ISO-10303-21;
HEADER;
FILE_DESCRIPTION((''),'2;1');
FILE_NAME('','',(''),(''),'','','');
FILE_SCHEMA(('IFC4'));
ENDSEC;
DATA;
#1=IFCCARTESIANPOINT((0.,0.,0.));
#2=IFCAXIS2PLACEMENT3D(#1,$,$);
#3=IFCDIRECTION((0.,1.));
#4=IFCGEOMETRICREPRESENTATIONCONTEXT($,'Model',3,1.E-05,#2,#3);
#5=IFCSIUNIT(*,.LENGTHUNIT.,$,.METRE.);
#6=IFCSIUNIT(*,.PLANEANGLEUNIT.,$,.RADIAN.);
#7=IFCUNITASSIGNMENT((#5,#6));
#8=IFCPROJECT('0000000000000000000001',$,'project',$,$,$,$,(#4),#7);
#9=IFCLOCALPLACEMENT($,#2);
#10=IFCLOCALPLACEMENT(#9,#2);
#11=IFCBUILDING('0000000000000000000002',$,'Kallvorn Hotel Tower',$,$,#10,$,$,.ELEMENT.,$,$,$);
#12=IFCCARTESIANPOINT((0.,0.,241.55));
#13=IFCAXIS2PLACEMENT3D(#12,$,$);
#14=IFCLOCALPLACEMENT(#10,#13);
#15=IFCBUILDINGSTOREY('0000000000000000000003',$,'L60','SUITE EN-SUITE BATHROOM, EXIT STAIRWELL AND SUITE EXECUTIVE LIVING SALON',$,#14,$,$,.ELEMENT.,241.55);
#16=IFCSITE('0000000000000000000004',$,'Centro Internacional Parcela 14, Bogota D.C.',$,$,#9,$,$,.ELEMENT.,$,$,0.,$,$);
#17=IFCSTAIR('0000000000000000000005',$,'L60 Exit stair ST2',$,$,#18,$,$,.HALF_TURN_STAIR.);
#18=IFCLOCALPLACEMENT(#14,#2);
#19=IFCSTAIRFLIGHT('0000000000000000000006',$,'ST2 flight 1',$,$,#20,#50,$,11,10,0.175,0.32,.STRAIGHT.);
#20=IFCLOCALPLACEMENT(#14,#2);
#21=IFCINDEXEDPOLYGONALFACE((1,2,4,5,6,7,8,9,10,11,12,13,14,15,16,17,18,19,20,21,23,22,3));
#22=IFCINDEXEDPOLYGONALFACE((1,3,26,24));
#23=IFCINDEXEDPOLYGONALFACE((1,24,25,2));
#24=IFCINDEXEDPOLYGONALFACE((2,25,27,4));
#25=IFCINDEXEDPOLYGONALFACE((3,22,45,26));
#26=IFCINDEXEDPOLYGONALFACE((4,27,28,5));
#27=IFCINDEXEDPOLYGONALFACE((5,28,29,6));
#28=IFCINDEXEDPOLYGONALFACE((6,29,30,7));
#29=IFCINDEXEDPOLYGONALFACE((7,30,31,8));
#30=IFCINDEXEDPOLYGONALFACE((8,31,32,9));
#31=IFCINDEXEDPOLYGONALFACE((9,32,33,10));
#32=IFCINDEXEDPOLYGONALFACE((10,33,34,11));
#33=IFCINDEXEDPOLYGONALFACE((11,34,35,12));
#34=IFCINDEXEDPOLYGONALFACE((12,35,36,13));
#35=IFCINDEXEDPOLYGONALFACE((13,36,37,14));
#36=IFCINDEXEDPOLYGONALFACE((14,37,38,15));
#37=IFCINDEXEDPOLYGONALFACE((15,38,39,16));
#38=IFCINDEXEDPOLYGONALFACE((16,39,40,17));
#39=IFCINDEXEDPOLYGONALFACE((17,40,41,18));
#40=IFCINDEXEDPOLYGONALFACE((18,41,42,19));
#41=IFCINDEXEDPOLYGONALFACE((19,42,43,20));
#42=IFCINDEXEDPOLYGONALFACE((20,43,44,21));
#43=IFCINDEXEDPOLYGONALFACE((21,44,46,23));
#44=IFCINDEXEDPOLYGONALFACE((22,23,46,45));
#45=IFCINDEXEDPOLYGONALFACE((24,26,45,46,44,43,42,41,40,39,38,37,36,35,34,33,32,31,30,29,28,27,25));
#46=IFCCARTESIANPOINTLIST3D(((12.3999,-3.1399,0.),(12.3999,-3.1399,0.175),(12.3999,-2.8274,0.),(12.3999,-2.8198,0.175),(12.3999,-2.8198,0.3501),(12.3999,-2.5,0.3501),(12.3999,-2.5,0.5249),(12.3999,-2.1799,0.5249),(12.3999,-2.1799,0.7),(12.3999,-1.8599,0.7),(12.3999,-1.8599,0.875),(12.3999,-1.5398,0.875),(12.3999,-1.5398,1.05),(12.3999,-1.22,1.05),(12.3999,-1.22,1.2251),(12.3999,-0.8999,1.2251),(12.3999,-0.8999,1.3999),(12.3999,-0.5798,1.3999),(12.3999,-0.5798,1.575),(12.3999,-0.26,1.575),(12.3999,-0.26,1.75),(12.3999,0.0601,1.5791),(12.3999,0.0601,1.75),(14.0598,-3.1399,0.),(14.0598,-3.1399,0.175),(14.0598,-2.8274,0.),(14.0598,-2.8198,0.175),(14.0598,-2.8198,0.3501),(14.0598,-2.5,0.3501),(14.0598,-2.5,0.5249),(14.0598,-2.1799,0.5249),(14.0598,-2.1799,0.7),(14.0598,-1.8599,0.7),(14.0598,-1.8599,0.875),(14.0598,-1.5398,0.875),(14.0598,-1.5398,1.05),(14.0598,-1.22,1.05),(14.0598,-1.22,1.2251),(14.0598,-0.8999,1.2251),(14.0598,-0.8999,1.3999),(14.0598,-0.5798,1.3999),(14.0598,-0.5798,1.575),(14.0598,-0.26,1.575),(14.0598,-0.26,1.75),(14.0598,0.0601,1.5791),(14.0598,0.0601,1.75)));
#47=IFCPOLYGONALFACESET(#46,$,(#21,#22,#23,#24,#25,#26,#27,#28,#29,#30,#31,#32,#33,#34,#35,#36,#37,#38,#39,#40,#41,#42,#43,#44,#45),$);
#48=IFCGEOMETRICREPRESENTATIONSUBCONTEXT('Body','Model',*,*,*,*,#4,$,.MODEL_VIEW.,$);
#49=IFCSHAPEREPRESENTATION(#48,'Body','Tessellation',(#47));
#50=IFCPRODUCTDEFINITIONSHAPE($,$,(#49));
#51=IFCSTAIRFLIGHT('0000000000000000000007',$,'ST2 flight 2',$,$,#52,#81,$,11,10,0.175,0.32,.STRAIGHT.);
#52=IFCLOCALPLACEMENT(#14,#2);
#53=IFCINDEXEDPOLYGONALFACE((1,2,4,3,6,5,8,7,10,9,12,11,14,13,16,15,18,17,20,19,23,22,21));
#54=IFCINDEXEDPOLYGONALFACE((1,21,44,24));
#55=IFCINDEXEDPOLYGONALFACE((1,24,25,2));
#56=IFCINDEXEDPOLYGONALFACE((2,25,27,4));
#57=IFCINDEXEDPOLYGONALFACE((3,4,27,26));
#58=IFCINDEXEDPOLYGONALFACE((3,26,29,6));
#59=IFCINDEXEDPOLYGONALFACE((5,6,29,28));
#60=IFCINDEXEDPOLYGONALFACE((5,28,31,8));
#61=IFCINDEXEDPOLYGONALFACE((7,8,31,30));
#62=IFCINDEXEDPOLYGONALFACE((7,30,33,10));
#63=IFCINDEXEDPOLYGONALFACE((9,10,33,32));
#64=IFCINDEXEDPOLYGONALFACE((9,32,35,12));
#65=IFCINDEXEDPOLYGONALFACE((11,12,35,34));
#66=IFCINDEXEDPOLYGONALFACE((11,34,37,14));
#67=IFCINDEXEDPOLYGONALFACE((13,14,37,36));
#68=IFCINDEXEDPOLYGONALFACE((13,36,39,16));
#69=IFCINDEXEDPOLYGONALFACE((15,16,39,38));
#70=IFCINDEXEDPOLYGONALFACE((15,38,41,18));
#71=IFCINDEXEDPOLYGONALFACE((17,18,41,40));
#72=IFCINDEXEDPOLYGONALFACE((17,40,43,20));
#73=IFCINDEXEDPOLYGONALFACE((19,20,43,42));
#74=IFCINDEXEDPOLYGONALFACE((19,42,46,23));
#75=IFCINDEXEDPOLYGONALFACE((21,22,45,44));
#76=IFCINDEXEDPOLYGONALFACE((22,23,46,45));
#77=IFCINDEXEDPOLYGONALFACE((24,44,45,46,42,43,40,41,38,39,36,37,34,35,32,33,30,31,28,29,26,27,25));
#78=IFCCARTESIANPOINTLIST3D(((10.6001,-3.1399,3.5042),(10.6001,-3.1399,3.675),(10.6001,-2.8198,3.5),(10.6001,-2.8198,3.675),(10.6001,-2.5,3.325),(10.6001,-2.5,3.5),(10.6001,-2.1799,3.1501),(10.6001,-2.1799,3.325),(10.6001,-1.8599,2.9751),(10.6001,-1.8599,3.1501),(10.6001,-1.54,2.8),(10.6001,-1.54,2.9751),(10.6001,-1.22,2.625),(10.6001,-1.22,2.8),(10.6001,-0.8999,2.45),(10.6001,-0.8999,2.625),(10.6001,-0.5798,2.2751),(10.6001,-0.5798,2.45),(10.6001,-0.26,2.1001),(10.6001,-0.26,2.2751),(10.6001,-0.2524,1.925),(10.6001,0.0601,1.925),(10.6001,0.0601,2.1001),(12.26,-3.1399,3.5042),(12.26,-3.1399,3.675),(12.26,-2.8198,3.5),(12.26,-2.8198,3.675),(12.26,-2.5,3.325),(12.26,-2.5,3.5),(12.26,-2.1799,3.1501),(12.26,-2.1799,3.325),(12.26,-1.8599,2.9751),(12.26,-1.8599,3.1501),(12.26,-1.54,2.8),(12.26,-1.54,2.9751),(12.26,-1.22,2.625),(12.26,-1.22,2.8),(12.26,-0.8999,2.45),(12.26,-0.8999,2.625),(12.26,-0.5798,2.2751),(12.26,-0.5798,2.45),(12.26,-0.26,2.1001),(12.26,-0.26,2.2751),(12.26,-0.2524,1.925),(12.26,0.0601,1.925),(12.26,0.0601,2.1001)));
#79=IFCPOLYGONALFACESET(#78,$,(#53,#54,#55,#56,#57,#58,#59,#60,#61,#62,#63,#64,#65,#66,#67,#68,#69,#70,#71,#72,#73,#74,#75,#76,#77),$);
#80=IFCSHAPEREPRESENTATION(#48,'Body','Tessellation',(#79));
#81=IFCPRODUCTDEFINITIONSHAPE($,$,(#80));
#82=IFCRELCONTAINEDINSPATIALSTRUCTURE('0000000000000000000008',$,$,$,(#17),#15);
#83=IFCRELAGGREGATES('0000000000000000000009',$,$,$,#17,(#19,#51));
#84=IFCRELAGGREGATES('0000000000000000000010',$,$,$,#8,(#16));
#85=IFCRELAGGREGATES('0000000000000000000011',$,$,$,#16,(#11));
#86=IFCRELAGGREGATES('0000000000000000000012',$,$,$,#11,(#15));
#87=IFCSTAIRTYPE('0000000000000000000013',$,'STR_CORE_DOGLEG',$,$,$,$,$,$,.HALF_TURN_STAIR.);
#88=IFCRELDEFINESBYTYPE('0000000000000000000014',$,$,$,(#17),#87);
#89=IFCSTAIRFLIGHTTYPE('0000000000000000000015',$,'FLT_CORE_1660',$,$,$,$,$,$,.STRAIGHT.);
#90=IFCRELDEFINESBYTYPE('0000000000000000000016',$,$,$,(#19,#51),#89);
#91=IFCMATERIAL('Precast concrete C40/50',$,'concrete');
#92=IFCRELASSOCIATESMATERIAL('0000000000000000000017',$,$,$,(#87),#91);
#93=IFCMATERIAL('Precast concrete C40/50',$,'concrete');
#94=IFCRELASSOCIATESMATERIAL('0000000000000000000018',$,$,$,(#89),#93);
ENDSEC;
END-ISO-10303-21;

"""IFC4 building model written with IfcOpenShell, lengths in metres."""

from ifc_helpers import new_model, si_unit, direction, frame, origin, place, context, subcontext, project, spatial, polyline, outline, extrude, material, type_object, element, aggregate, save


model = new_model("IFC4")

# Units and contexts
model_context = context("Model", 3, precision=1e-05, world=origin(), true_north=direction((0.0, 1.0)))
body_context = subcontext(model_context, "Body", "Model", "MODEL_VIEW")
ifc_project = project(units=[si_unit("LENGTHUNIT", "METRE"), si_unit("PLANEANGLEUNIT", "RADIAN")], contexts=[model_context])

# Site, building, storey
site_placement = place(None, origin())
site = spatial("IfcSite", under=ifc_project, at=site_placement, Name="Centro Internacional Parcela 14, Bogota D.C.", CompositionType="ELEMENT", RefElevation=0.0)
building_placement = place(site_placement, origin())
building = spatial("IfcBuilding", under=site, at=building_placement, Name="Kallvorn Hotel Tower", CompositionType="ELEMENT")
storey_placement = place(building_placement, frame((0.0, 0.0, 241.55)))
storey = spatial("IfcBuildingStorey", under=building, at=storey_placement, Name="L60", Description="SUITE EN-SUITE BATHROOM, EXIT STAIRWELL AND SUITE EXECUTIVE LIVING SALON", CompositionType="ELEMENT", Elevation=241.55)

# Stair, stair flights
ifc_material_1 = material(Name="Precast concrete C40/50", Category="concrete")
stair_type = type_object("IfcStairType", Name="STR_CORE_DOGLEG", PredefinedType="HALF_TURN_STAIR", material=ifc_material_1)
stair_placement = place(storey_placement, origin())
stair = element("IfcStair", 1, at=stair_placement, inside=storey, type_object=stair_type, Name="L60 Exit stair ST2", PredefinedType="HALF_TURN_STAIR")
ifc_material_2 = material(Name="Precast concrete C40/50", Category="concrete")
stair_flight_type = type_object("IfcStairFlightType", Name="FLT_CORE_1660", PredefinedType="STRAIGHT", material=ifc_material_2)
stair_flight_1_placement = place(storey_placement, frame((13.23, -3.1399, 0.0), z_axis=(0.0, 0.0, 1.0), x_axis=(0.0, 1.0, 0.0)))
stair_flight_1 = element("IfcStairFlight", 2, at=stair_flight_1_placement, type_object=stair_flight_type, Name="ST2 flight 1", NumberOfRisers=11, NumberOfTreads=10, PredefinedType="STRAIGHT", RiserHeight=0.175, TreadLength=0.32, context=body_context, shape_type="SweptSolid", body=[
    extrude(outline(polyline([(0.0, 0.0), (0.0, 0.175), (0.3201, 0.175), (0.3201, 0.3501), (0.6399, 0.3501), (0.6399, 0.5249), (0.96, 0.5249), (0.96, 0.7), (1.28, 0.7), (1.28, 0.875), (1.6001, 0.875), (1.6001, 1.05), (1.9199, 1.05), (1.9199, 1.2251), (2.24, 1.2251), (2.24, 1.3999), (2.5601, 1.3999), (2.5601, 1.575), (2.8799, 1.575), (2.8799, 1.75), (3.2, 1.75), (3.2, 1.925), (3.2, 1.5791), (0.3125, 0.0), (0.0, 0.0)])), frame((0.0, 0.8301, 0.0), z_axis=(0.0, -1.0, 0.0), x_axis=(1.0, 0.0, 0.0)), (0.0, 0.0, 1.0), 1.6599),
])
stair_flight_2_placement = place(storey_placement, frame((11.4299, 0.0601, 1.925), z_axis=(0.0, 0.0, 1.0), x_axis=(0.0, -1.0, 0.0)))
stair_flight_2 = element("IfcStairFlight", 3, at=stair_flight_2_placement, type_object=stair_flight_type, Name="ST2 flight 2", NumberOfRisers=11, NumberOfTreads=10, PredefinedType="STRAIGHT", RiserHeight=0.175, TreadLength=0.32, context=body_context, shape_type="SweptSolid", body=[
    extrude(outline(polyline([(0.0, 0.0), (0.0, 0.175), (0.3201, 0.175), (0.3201, 0.3501), (0.6399, 0.3501), (0.6399, 0.5249), (0.96, 0.5249), (0.96, 0.7), (1.28, 0.7), (1.28, 0.875), (1.6001, 0.875), (1.6001, 1.05), (1.9199, 1.05), (1.9199, 1.2251), (2.24, 1.2251), (2.24, 1.3999), (2.5601, 1.3999), (2.5601, 1.575), (2.8799, 1.575), (2.8799, 1.75), (3.2, 1.75), (3.2, 1.925), (3.2, 1.5791), (0.3125, 0.0), (0.0, 0.0)])), frame((0.0, 0.8301, 0.0), z_axis=(0.0, -1.0, 0.0), x_axis=(1.0, 0.0, 0.0)), (0.0, 0.0, 1.0), 1.6599),
])
aggregate(stair, [stair_flight_1, stair_flight_2])

save(model, "model.ifc")
